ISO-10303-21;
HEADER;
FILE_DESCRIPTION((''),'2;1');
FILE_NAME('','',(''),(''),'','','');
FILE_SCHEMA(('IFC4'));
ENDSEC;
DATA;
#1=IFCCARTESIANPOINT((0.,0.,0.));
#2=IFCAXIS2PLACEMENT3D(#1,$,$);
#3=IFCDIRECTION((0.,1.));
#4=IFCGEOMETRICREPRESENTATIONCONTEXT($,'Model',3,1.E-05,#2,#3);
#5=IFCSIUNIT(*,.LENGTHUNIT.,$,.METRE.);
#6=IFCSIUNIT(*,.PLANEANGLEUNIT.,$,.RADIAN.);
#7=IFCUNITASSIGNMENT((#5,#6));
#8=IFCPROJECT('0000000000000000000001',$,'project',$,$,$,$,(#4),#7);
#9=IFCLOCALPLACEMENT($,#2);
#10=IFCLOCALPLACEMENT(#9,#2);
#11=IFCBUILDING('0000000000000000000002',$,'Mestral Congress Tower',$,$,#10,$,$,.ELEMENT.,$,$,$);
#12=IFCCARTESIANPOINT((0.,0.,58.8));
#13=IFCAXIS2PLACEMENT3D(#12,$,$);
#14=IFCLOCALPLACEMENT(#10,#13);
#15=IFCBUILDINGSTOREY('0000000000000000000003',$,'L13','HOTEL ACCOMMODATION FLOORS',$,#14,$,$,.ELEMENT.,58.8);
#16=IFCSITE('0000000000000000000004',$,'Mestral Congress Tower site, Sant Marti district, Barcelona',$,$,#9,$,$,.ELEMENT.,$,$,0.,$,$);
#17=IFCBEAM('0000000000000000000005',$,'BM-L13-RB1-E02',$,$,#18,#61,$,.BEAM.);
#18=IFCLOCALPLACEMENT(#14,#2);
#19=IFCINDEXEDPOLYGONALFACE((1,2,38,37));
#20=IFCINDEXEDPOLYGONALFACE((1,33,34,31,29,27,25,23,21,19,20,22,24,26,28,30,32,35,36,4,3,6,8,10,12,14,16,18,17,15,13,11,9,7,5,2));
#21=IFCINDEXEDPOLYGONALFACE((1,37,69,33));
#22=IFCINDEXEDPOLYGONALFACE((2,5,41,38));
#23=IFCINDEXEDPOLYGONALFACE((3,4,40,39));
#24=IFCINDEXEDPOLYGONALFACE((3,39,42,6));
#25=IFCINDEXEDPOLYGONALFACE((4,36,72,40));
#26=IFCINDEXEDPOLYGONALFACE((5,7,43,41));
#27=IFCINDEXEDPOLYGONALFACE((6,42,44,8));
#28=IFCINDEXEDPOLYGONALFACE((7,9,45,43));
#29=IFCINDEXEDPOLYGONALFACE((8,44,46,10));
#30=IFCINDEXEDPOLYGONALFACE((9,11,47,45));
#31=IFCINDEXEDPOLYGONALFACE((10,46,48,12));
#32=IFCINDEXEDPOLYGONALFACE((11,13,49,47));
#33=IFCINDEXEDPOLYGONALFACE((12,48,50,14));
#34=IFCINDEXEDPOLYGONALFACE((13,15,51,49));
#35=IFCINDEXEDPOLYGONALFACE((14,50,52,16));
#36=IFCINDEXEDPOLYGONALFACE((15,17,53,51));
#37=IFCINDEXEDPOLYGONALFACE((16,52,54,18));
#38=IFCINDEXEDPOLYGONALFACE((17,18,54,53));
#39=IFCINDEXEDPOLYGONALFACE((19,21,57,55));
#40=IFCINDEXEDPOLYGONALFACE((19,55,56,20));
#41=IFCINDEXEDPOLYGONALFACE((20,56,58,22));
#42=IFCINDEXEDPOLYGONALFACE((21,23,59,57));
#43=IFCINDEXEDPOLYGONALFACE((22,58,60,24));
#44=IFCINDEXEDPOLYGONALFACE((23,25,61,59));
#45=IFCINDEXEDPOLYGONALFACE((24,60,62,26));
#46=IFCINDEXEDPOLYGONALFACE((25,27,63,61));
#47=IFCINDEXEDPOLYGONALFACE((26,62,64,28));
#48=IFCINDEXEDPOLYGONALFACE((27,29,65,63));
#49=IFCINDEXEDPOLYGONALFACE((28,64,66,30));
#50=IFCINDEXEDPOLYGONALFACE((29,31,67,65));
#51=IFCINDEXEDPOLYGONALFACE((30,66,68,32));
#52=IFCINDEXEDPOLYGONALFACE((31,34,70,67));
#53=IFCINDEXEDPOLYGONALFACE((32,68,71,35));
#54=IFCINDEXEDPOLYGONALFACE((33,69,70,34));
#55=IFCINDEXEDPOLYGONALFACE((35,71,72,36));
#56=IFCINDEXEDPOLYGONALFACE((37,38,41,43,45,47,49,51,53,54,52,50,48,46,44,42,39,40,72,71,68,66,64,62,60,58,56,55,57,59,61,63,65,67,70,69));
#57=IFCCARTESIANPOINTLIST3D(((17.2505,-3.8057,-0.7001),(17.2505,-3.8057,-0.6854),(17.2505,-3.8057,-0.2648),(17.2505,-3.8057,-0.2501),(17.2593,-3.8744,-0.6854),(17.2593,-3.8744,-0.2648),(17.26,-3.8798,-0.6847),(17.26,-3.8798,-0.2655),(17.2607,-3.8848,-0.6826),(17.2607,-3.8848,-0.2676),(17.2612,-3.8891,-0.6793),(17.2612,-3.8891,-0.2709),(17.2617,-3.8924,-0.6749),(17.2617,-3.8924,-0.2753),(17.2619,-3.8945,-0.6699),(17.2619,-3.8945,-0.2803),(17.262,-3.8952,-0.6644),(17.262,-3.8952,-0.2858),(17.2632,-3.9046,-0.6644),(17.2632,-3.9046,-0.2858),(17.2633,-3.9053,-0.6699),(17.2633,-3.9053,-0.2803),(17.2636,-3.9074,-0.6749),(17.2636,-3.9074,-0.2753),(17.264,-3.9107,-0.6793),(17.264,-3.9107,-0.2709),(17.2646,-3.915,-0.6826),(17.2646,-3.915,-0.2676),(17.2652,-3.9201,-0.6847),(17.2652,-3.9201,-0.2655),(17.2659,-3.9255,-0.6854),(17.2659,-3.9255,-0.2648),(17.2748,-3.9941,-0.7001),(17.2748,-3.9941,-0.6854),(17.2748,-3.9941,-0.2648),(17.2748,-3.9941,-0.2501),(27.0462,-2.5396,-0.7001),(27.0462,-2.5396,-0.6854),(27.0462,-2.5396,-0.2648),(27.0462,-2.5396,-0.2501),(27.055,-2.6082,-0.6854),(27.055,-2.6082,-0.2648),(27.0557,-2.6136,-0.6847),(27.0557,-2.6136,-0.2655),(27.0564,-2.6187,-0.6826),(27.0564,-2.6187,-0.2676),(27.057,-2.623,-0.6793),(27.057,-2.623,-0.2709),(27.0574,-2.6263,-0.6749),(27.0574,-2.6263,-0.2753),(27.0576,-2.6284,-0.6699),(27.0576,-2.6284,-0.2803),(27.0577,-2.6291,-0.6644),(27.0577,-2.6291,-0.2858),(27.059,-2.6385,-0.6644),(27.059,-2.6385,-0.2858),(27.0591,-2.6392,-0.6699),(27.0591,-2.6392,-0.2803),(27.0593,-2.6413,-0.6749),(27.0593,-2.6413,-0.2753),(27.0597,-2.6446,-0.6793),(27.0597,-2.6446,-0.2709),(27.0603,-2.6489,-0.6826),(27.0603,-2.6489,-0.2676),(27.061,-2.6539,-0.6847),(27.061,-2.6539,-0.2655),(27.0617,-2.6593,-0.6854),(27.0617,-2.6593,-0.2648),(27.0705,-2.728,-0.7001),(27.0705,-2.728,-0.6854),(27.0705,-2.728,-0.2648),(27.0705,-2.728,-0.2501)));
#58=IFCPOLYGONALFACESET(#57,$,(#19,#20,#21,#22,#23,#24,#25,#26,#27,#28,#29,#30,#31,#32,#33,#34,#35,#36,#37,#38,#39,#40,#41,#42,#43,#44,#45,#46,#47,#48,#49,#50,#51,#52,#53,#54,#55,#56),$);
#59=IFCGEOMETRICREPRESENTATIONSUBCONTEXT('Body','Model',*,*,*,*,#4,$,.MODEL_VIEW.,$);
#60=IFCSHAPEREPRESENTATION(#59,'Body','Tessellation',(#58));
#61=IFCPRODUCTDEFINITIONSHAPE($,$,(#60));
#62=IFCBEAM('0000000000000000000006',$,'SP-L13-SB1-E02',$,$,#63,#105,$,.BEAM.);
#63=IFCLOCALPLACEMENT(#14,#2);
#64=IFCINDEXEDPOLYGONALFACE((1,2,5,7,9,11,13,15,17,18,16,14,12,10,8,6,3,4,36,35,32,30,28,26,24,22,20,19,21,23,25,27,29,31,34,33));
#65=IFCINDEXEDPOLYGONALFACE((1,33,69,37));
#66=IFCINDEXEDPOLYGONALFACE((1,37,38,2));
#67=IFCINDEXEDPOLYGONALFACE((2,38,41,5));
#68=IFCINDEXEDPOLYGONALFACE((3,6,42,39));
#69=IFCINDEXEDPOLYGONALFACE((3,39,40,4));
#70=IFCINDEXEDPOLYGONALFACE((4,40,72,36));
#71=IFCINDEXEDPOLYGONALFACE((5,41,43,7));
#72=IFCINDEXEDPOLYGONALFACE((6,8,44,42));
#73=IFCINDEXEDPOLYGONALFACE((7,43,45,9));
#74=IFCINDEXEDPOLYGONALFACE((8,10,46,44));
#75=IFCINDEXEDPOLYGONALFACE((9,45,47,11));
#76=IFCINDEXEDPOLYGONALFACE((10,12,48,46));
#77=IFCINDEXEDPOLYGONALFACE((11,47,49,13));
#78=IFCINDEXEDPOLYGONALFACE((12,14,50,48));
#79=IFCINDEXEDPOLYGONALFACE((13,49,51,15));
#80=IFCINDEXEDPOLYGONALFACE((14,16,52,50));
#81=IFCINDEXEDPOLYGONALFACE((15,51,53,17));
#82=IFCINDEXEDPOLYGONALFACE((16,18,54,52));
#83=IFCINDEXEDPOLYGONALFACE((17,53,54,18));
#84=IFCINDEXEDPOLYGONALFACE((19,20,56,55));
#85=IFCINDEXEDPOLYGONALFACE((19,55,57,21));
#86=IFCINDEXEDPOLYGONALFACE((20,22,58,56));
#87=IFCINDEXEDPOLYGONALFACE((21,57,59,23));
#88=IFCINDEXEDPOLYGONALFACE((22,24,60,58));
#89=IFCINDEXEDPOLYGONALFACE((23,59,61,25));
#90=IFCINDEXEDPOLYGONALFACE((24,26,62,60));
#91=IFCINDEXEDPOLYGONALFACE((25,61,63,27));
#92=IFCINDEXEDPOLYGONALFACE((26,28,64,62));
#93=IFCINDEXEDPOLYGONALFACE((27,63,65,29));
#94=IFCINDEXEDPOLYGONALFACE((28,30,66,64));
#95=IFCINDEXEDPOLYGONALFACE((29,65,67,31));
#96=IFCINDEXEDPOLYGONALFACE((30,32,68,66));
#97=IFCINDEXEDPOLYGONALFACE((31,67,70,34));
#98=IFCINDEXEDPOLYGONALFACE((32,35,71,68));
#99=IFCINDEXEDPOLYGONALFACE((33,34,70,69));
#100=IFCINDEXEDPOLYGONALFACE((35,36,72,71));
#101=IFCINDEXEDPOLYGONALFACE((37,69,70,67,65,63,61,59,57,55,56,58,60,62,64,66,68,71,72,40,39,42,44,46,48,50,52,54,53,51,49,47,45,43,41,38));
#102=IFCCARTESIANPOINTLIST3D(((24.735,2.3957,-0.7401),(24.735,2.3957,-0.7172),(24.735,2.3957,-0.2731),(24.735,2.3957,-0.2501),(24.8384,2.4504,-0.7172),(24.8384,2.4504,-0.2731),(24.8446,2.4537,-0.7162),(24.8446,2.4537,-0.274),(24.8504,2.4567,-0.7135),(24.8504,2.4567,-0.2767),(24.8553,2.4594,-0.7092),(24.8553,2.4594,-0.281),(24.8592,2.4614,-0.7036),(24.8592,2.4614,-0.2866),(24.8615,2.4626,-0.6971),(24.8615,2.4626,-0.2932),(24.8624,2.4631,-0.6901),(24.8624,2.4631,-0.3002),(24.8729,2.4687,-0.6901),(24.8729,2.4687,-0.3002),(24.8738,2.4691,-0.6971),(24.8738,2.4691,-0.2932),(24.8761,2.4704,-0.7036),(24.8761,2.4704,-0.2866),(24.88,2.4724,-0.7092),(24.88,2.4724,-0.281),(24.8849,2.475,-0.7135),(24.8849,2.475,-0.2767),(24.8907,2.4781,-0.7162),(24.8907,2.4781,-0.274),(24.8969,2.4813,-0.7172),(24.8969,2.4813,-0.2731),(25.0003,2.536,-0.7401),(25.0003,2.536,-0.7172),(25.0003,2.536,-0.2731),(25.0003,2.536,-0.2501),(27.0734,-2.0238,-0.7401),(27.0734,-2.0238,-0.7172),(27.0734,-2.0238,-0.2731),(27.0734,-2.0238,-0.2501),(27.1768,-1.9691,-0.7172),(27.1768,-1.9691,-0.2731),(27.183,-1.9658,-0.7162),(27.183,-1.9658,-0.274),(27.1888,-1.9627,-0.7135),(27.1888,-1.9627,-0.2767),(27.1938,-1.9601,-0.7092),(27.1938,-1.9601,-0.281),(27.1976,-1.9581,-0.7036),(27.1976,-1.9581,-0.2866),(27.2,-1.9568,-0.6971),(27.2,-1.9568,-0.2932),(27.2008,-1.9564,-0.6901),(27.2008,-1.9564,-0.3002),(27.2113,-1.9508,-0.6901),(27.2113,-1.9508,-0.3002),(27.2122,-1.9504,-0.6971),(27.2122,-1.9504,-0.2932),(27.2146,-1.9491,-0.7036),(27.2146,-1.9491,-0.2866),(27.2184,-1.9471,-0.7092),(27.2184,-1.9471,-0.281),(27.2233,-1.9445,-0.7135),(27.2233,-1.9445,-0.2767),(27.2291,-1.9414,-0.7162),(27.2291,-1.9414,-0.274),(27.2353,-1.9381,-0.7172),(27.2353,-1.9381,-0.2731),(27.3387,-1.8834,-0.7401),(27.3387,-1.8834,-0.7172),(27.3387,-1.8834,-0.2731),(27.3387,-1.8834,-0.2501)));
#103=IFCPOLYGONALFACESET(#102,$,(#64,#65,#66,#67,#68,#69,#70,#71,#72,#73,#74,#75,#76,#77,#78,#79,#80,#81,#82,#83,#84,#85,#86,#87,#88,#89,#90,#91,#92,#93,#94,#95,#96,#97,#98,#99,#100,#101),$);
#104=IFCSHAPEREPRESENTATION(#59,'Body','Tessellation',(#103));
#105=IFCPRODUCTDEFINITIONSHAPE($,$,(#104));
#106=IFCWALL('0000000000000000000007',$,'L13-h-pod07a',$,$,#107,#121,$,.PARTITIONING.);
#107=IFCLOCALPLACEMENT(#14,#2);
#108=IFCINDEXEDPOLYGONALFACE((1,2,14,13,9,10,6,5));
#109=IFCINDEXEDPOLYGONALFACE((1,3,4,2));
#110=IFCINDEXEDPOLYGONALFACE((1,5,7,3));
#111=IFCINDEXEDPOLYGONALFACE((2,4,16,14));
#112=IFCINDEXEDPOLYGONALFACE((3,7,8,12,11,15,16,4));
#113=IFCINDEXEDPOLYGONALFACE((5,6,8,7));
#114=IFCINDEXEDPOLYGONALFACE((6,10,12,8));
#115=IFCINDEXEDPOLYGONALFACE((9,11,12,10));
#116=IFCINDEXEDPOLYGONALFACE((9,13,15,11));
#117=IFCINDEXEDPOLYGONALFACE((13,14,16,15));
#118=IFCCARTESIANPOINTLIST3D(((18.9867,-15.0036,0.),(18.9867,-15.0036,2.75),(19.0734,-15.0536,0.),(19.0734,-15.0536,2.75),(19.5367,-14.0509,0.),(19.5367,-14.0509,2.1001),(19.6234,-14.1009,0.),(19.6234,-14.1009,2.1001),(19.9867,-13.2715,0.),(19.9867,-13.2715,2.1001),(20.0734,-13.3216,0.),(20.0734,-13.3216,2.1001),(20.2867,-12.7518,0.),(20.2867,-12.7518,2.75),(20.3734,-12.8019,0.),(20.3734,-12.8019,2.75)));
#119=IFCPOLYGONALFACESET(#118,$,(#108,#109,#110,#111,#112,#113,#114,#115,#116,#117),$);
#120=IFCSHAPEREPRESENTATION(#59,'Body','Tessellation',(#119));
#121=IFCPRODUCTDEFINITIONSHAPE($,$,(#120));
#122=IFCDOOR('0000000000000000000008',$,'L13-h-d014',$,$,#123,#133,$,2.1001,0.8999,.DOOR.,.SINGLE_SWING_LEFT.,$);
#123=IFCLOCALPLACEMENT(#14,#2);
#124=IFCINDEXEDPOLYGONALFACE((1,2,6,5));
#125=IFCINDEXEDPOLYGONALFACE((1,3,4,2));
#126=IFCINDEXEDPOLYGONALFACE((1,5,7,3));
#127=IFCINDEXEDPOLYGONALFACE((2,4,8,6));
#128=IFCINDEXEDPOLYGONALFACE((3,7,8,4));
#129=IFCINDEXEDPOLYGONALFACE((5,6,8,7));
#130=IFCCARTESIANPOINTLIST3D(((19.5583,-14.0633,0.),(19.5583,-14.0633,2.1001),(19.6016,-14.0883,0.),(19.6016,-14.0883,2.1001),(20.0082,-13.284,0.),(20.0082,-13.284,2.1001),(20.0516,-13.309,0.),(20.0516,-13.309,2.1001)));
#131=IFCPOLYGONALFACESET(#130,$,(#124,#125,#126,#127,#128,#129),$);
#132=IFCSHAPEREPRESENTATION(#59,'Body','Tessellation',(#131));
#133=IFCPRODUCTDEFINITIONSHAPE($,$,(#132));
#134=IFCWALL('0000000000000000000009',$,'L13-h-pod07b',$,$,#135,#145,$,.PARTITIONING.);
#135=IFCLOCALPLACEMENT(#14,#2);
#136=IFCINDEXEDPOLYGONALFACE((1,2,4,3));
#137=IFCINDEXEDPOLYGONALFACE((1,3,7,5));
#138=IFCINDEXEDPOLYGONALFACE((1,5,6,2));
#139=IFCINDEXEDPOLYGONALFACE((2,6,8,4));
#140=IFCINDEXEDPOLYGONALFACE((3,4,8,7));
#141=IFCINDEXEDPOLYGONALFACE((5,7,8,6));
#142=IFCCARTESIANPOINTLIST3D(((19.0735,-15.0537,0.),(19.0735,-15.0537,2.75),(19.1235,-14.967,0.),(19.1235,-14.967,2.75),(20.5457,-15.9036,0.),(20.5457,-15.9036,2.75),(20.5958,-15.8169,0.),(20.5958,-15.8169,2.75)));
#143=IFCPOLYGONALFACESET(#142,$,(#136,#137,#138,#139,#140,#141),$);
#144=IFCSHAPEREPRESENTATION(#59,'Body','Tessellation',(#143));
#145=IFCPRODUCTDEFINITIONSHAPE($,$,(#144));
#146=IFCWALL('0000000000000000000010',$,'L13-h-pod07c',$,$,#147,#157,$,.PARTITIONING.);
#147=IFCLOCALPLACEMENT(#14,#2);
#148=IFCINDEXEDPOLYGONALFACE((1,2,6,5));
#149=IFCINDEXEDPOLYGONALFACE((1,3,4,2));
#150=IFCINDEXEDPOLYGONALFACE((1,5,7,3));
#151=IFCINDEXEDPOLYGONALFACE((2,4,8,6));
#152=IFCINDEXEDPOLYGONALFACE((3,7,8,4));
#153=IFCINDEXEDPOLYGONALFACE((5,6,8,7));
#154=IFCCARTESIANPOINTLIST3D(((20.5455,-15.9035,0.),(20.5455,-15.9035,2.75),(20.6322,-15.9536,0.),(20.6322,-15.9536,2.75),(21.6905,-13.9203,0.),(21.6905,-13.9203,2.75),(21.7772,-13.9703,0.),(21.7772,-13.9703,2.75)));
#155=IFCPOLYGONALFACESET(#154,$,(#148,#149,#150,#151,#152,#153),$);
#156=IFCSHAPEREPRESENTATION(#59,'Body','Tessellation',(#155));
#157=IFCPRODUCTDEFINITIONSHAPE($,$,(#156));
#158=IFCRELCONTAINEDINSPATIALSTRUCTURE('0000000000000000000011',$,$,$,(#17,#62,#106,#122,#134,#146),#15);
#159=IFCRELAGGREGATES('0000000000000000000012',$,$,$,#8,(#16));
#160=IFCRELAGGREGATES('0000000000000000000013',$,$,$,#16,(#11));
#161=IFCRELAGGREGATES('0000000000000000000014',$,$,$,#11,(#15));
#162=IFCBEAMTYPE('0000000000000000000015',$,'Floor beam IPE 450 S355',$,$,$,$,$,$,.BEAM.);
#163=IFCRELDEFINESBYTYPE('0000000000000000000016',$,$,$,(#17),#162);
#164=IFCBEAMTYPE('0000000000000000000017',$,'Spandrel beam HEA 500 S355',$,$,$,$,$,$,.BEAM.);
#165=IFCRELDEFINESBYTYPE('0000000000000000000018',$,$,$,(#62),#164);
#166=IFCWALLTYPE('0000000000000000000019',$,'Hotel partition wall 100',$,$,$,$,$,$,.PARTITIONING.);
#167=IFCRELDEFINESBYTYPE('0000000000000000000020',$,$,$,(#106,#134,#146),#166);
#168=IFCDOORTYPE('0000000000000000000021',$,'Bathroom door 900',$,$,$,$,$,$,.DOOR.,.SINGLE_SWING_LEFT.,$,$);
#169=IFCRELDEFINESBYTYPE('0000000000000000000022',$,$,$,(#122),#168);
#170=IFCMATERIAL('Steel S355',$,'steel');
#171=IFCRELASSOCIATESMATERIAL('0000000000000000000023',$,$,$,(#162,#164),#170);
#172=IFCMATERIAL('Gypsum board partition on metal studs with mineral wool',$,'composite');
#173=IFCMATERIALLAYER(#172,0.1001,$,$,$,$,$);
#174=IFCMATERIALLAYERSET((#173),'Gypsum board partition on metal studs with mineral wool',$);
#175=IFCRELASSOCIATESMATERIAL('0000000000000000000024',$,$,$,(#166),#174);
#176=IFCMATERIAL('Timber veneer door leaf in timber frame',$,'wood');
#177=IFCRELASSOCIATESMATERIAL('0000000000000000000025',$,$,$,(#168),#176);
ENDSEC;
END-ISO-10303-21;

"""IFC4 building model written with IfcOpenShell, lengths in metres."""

from ifc_helpers import new_model, si_unit, direction, frame, frame_2d, origin, origin_2d, place, context, subcontext, project, spatial, rectangle, i_section, extrude, material, layer, layer_set, material_profile, profile_set, type_object, element, fill, save


model = new_model("IFC4")

# Units and contexts
model_context = context("Model", 3, precision=1e-05, world=origin(), true_north=direction((0.0, 1.0)))
body_context = subcontext(model_context, "Body", "Model", "MODEL_VIEW")
ifc_project = project(units=[si_unit("LENGTHUNIT", "METRE"), si_unit("PLANEANGLEUNIT", "RADIAN")], contexts=[model_context])

# Site, building, storey
site_placement = place(None, origin())
site = spatial("IfcSite", under=ifc_project, at=site_placement, Name="Mestral Congress Tower site, Sant Marti district, Barcelona", CompositionType="ELEMENT", RefElevation=0.0)
building_placement = place(site_placement, origin())
building = spatial("IfcBuilding", under=site, at=building_placement, Name="Mestral Congress Tower", CompositionType="ELEMENT")
storey_placement = place(building_placement, frame((0.0, 0.0, 58.8)))
storey = spatial("IfcBuildingStorey", under=building, at=storey_placement, Name="L13", Description="HOTEL ACCOMMODATION FLOORS", CompositionType="ELEMENT", Elevation=58.8)

# Beams
ifc_material_1 = material(Name="Steel S355", Category="steel")
ifc_material_profile_1 = material_profile(ifc_material_1, i_section(OverallWidth=0.1899, OverallDepth=0.45, WebThickness=0.0095, FlangeThickness=0.0146, FilletRadius=0.021, at=origin_2d()), Name="IPE 450")
ifc_profile_set_1 = profile_set([ifc_material_profile_1], Name="Steel S355")
beam_type_1 = type_object("IfcBeamType", Name="Floor beam IPE 450 S355", PredefinedType="BEAM", material=ifc_profile_set_1)
beam_1_placement = place(storey_placement, frame((27.0583, -2.6338, -0.4751), z_axis=(-0.99175, -0.128186, 0.0), x_axis=(0.128186, -0.99175, 0.0)))
element("IfcBeam", 1, at=beam_1_placement, inside=storey, type_object=beam_type_1, Name="BM-L13-RB1-E02", PredefinedType="BEAM", context=body_context, shape_type="SweptSolid", body=[
    extrude(i_section(OverallWidth=0.1899, OverallDepth=0.45, WebThickness=0.0095, FlangeThickness=0.0146, FilletRadius=0.021, at=origin_2d()), origin(), (0.0, 0.0, 1.0), 9.8772),
])
ifc_material_profile_2 = material_profile(ifc_material_1, i_section(OverallWidth=0.3, OverallDepth=0.49, WebThickness=0.012, FlangeThickness=0.0229, FilletRadius=0.0271, at=origin_2d()), Name="HEA 500")
ifc_profile_set_2 = profile_set([ifc_material_profile_2], Name="Steel S355")
beam_type_2 = type_object("IfcBeamType", Name="Spandrel beam HEA 500 S355", PredefinedType="BEAM", material=ifc_profile_set_2)
beam_2_placement = place(storey_placement, frame((27.2061, -1.9536, -0.4951), z_axis=(-0.467681, 0.883897, 0.0), x_axis=(-0.883897, -0.467681, 0.0)))
element("IfcBeam", 2, at=beam_2_placement, inside=storey, type_object=beam_type_2, Name="SP-L13-SB1-E02", PredefinedType="BEAM", context=body_context, shape_type="SweptSolid", body=[
    extrude(i_section(OverallWidth=0.3, OverallDepth=0.49, WebThickness=0.012, FlangeThickness=0.0229, FilletRadius=0.0271, at=origin_2d()), origin(), (0.0, 0.0, 1.0), 5.0),
])

# Wall, opening, door
ifc_material_2 = material(Name="Gypsum board partition on metal studs with mineral wool", Category="composite")
ifc_layer_1 = layer(ifc_material_2, 0.1001)
ifc_layer_set_1 = layer_set([ifc_layer_1], Name="Gypsum board partition on metal studs with mineral wool")
wall_type_1 = type_object("IfcWallType", Name="Hotel partition wall 100", PredefinedType="PARTITIONING", material=ifc_layer_set_1)
wall_1_placement = place(storey_placement, frame((20.3301, -12.7769, 0.0), z_axis=(0.0, 0.0, 1.0), x_axis=(-0.500007, -0.866021, 0.0)))
wall_1 = element("IfcWall", 3, at=wall_1_placement, inside=storey, type_object=wall_type_1, Name="L13-h-pod07a", PredefinedType="PARTITIONING", context=body_context, shape_type="SweptSolid", body=[
    extrude(rectangle(XDim=2.6001, YDim=0.1001, at=frame_2d((1.3, 0.0))), origin(), (0.0, 0.0, 1.0), 2.75),
])
opening_1_placement = place(wall_1_placement, frame((0.6001, 0.0, 0.0)))
opening_1 = element("IfcOpeningElement", 4, at=opening_1_placement, cuts=wall_1, PredefinedType="OPENING", context=body_context, shape_type="SweptSolid", body=[
    extrude(rectangle(XDim=0.8999, YDim=2.1001, at=frame_2d((0.45, 1.05))), frame((0.0, 0.0601, 0.0), z_axis=(0.0, -1.0, 0.0), x_axis=(1.0, 0.0, 0.0)), (0.0, 0.0, 1.0), 0.1201),
])
ifc_material_3 = material(Name="Timber veneer door leaf in timber frame", Category="wood")
door_type_1 = type_object("IfcDoorType", Name="Bathroom door 900", OperationType="SINGLE_SWING_LEFT", PredefinedType="DOOR", material=ifc_material_3)
door_1_placement = place(opening_1_placement, origin())
door_1 = element("IfcDoor", 5, at=door_1_placement, inside=storey, type_object=door_type_1, Name="L13-h-d014", OperationType="SINGLE_SWING_LEFT", OverallHeight=2.1001, OverallWidth=0.8999, PredefinedType="DOOR", context=body_context, shape_type="SweptSolid", body=[
    extrude(rectangle(XDim=0.8999, YDim=2.1001, at=frame_2d((0.45, 1.05))), frame((0.0, 0.0249, 0.0), z_axis=(0.0, -1.0, 0.0), x_axis=(1.0, 0.0, 0.0)), (0.0, 0.0, 1.0), 0.05),
])
fill(opening_1, door_1)

# Walls
wall_2_placement = place(storey_placement, frame((19.0984, -15.0103, 0.0), z_axis=(0.0, 0.0, 1.0), x_axis=(0.866052, -0.499955, 0.0)))
element("IfcWall", 6, at=wall_2_placement, inside=storey, type_object=wall_type_1, Name="L13-h-pod07b", PredefinedType="PARTITIONING", context=body_context, shape_type="SweptSolid", body=[
    extrude(rectangle(XDim=1.7, YDim=0.1001, at=frame_2d((0.8501, 0.0))), origin(), (0.0, 0.0, 1.0), 2.75),
])
wall_3_placement = place(storey_placement, frame((21.7339, -13.9453, 0.0), z_axis=(0.0, 0.0, 1.0), x_axis=(-0.500015, -0.866017, 0.0)))
element("IfcWall", 7, at=wall_3_placement, inside=storey, type_object=wall_type_1, Name="L13-h-pod07c", PredefinedType="PARTITIONING", context=body_context, shape_type="SweptSolid", body=[
    extrude(rectangle(XDim=2.29, YDim=0.1001, at=frame_2d((1.145, 0.0))), origin(), (0.0, 0.0, 1.0), 2.75),
])

save(model, "model.ifc")
